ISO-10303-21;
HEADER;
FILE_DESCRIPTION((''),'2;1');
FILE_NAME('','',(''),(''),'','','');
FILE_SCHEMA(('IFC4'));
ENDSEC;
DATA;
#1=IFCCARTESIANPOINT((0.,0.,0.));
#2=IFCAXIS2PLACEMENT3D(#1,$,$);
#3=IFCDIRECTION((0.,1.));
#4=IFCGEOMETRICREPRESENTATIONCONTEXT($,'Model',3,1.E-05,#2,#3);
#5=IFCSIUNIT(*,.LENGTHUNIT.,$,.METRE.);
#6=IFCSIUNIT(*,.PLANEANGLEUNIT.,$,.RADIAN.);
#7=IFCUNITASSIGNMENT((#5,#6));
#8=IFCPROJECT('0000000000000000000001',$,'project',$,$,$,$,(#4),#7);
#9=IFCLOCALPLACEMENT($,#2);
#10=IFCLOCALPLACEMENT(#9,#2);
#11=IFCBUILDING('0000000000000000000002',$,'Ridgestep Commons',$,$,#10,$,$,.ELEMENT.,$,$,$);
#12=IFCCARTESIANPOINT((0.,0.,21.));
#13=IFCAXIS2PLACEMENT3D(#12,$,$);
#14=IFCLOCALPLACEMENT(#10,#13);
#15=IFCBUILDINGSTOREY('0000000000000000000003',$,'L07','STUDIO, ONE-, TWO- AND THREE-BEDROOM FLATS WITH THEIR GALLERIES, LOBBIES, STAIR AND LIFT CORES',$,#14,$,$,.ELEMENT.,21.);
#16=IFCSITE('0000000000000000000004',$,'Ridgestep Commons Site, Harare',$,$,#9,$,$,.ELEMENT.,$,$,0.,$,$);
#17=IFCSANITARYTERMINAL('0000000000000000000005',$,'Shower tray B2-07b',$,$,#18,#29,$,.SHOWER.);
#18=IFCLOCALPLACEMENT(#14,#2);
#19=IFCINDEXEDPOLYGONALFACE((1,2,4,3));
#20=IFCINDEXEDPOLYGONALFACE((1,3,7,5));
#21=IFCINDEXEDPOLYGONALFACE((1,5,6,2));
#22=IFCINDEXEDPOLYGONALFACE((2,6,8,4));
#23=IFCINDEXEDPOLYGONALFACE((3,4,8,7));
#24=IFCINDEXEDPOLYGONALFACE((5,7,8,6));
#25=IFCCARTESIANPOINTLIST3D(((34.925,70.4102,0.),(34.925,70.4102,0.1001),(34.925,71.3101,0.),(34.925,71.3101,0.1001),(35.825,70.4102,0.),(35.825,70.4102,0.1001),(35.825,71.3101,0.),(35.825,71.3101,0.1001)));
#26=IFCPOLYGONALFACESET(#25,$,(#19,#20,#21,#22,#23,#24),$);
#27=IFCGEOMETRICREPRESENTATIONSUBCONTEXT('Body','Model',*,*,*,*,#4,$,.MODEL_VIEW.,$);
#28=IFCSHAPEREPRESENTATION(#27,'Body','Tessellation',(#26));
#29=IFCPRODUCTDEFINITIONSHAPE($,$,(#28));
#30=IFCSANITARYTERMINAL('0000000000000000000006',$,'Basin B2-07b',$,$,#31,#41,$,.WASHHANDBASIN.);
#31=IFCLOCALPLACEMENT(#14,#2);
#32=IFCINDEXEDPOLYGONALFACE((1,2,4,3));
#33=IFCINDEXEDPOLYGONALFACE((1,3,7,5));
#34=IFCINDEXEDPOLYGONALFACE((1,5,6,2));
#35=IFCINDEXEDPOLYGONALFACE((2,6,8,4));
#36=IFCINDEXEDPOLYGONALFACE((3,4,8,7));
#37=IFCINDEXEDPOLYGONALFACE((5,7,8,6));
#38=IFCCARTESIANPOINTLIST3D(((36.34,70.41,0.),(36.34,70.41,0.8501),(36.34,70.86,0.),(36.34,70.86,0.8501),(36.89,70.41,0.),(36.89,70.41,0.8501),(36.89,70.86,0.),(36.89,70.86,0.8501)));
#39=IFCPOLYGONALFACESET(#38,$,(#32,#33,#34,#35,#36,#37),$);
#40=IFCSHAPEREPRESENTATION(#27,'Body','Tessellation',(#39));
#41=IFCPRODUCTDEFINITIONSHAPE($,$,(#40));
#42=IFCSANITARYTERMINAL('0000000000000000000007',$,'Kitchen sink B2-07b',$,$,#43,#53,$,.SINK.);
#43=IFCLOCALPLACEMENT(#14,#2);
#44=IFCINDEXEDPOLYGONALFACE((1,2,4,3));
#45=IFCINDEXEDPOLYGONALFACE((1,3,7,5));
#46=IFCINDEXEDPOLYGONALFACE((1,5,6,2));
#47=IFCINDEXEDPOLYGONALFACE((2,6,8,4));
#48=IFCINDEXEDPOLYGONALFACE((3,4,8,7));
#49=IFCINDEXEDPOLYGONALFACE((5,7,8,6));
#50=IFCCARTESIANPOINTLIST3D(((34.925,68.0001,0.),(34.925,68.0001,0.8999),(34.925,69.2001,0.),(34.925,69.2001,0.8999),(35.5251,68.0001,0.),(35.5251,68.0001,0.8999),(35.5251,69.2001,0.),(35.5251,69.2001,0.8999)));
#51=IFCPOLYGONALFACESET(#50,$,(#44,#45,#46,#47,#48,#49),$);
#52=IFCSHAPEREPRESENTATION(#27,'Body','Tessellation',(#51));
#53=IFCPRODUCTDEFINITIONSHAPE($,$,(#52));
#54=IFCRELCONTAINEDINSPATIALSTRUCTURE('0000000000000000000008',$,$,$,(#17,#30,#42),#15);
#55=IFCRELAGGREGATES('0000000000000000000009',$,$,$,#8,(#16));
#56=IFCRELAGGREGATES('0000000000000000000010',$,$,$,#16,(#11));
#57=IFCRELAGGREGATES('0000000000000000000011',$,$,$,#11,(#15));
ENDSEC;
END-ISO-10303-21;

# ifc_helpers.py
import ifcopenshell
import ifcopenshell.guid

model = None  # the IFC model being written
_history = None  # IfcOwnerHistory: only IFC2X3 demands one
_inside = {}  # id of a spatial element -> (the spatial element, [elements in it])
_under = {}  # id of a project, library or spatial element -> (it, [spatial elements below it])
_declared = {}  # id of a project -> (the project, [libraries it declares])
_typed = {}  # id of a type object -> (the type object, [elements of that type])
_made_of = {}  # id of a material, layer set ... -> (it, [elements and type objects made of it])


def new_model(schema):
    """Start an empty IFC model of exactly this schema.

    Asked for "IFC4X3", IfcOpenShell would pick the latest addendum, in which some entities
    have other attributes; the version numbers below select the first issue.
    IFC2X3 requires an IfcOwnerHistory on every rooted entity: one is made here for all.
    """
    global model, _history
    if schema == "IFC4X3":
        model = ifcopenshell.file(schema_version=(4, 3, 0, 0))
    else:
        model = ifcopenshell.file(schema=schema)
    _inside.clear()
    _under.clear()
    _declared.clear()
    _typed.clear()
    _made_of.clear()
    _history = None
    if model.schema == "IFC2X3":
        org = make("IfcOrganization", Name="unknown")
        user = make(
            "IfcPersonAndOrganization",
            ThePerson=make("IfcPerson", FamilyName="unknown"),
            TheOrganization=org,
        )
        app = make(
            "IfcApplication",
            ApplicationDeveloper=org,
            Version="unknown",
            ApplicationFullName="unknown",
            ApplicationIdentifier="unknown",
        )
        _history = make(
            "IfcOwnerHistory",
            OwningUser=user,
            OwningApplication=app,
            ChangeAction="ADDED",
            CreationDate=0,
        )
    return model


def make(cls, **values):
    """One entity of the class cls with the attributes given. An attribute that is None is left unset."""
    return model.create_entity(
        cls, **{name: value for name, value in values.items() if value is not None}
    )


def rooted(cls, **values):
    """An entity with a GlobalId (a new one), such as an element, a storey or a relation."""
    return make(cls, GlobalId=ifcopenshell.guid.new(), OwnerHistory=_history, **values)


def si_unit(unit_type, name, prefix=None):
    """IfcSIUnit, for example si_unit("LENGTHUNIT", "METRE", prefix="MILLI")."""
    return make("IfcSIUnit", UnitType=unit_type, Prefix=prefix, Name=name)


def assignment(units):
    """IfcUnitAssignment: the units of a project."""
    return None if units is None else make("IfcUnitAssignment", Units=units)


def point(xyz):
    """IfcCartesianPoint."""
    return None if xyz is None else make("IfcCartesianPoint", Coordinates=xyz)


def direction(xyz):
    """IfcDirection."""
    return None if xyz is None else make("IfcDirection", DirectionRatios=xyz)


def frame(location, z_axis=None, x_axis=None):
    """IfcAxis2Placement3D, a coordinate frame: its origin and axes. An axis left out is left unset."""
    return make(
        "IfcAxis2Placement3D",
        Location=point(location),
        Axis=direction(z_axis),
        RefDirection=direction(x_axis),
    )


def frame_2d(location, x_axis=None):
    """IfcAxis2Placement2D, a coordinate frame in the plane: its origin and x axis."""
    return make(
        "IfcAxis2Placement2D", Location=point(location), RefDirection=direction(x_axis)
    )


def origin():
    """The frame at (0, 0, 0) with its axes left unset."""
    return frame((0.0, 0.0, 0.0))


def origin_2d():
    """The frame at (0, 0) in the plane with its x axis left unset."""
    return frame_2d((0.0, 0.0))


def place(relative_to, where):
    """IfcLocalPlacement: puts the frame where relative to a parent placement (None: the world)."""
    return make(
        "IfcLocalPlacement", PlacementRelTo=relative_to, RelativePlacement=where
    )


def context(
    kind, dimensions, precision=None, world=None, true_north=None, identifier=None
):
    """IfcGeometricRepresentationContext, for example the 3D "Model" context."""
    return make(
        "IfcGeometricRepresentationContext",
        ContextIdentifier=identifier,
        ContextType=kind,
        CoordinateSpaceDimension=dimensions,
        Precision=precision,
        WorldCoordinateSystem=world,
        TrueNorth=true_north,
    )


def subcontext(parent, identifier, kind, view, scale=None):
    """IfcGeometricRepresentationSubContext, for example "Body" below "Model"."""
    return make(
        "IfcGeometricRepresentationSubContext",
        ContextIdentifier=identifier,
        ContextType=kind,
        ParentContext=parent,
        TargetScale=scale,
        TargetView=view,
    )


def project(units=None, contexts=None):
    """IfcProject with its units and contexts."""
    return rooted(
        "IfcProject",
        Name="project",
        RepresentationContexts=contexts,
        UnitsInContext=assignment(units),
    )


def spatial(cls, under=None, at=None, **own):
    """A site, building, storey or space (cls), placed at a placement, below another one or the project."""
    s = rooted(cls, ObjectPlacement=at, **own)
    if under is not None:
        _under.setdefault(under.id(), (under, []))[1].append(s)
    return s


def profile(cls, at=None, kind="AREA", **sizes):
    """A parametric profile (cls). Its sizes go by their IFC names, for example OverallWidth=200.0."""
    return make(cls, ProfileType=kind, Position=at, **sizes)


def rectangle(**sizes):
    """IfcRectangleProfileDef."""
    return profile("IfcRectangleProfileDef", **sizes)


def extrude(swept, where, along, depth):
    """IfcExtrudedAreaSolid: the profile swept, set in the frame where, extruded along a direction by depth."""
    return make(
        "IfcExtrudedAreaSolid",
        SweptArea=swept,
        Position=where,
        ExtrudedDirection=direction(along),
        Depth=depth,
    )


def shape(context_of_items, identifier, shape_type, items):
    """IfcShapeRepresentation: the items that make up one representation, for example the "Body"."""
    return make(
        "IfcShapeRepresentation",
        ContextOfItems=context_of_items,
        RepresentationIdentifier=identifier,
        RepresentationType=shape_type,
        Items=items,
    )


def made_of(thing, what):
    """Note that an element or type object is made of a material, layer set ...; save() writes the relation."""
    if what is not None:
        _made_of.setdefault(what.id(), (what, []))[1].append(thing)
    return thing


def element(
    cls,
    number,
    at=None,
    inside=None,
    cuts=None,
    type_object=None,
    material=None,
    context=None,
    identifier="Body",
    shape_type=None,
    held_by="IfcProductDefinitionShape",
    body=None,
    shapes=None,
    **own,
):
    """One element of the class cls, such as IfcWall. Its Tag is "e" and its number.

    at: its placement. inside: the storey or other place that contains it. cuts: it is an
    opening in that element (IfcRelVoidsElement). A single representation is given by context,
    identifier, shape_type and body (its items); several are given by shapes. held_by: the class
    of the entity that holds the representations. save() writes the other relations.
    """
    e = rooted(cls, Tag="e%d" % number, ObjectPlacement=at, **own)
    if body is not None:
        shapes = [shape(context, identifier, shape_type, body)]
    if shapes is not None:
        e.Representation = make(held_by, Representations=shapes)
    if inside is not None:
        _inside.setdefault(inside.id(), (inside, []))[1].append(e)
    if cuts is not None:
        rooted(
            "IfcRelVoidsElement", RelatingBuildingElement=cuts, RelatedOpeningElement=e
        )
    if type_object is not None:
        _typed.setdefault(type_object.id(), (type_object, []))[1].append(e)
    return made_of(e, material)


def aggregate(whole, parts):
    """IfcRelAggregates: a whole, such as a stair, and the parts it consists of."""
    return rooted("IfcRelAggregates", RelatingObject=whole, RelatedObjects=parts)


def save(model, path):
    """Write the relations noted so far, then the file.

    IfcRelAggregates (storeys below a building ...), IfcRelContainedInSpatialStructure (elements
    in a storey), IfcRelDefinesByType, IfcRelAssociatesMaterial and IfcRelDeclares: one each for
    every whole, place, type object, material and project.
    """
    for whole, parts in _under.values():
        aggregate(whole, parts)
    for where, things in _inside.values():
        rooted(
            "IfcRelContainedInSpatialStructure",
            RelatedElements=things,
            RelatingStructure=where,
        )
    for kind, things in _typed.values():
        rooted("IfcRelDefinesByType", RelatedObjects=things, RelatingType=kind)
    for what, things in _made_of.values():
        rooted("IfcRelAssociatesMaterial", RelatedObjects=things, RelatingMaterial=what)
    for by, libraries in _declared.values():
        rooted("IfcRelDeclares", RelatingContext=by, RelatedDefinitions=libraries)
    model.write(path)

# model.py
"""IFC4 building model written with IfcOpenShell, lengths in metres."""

from ifc_helpers import new_model, si_unit, direction, frame, origin, origin_2d, place, context, subcontext, project, spatial, rectangle, extrude, element, save


model = new_model("IFC4")

# Units and contexts
model_context = context("Model", 3, precision=1e-05, world=origin(), true_north=direction((0.0, 1.0)))
body_context = subcontext(model_context, "Body", "Model", "MODEL_VIEW")
ifc_project = project(units=[si_unit("LENGTHUNIT", "METRE"), si_unit("PLANEANGLEUNIT", "RADIAN")], contexts=[model_context])

# Site, building, storey
site_placement = place(None, origin())
site = spatial("IfcSite", under=ifc_project, at=site_placement, Name="Ridgestep Commons Site, Harare", CompositionType="ELEMENT", RefElevation=0.0)
building_placement = place(site_placement, origin())
building = spatial("IfcBuilding", under=site, at=building_placement, Name="Ridgestep Commons", CompositionType="ELEMENT")
storey_placement = place(building_placement, frame((0.0, 0.0, 21.0)))
storey = spatial("IfcBuildingStorey", under=building, at=storey_placement, Name="L07", Description="STUDIO, ONE-, TWO- AND THREE-BEDROOM FLATS WITH THEIR GALLERIES, LOBBIES, STAIR AND LIFT CORES", CompositionType="ELEMENT", Elevation=21.0)

# Sanitary terminals
sanitary_terminal_1_placement = place(storey_placement, frame((35.375, 70.8601, 0.0), z_axis=(0.0, 0.0, 1.0), x_axis=(1.0, 0.0, 0.0)))
element("IfcSanitaryTerminal", 1, at=sanitary_terminal_1_placement, inside=storey, Name="Shower tray B2-07b", PredefinedType="SHOWER", context=body_context, shape_type="SweptSolid", body=[
    extrude(rectangle(XDim=0.8999, YDim=0.8999, at=origin_2d()), origin(), (0.0, 0.0, 1.0), 0.1001),
])
sanitary_terminal_2_placement = place(storey_placement, frame((36.615, 70.635, 0.0), z_axis=(0.0, 0.0, 1.0), x_axis=(1.0, 0.0, 0.0)))
element("IfcSanitaryTerminal", 2, at=sanitary_terminal_2_placement, inside=storey, Name="Basin B2-07b", PredefinedType="WASHHANDBASIN", context=body_context, shape_type="SweptSolid", body=[
    extrude(rectangle(XDim=0.55, YDim=0.45, at=origin_2d()), origin(), (0.0, 0.0, 1.0), 0.8501),
])
sanitary_terminal_3_placement = place(storey_placement, frame((35.2251, 68.6001, 0.0), z_axis=(0.0, 0.0, 1.0), x_axis=(1.0, 0.0, 0.0)))
element("IfcSanitaryTerminal", 3, at=sanitary_terminal_3_placement, inside=storey, Name="Kitchen sink B2-07b", PredefinedType="SINK", context=body_context, shape_type="SweptSolid", body=[
    extrude(rectangle(XDim=0.6001, YDim=1.2, at=origin_2d()), origin(), (0.0, 0.0, 1.0), 0.8999),
])

save(model, "model.ifc")
